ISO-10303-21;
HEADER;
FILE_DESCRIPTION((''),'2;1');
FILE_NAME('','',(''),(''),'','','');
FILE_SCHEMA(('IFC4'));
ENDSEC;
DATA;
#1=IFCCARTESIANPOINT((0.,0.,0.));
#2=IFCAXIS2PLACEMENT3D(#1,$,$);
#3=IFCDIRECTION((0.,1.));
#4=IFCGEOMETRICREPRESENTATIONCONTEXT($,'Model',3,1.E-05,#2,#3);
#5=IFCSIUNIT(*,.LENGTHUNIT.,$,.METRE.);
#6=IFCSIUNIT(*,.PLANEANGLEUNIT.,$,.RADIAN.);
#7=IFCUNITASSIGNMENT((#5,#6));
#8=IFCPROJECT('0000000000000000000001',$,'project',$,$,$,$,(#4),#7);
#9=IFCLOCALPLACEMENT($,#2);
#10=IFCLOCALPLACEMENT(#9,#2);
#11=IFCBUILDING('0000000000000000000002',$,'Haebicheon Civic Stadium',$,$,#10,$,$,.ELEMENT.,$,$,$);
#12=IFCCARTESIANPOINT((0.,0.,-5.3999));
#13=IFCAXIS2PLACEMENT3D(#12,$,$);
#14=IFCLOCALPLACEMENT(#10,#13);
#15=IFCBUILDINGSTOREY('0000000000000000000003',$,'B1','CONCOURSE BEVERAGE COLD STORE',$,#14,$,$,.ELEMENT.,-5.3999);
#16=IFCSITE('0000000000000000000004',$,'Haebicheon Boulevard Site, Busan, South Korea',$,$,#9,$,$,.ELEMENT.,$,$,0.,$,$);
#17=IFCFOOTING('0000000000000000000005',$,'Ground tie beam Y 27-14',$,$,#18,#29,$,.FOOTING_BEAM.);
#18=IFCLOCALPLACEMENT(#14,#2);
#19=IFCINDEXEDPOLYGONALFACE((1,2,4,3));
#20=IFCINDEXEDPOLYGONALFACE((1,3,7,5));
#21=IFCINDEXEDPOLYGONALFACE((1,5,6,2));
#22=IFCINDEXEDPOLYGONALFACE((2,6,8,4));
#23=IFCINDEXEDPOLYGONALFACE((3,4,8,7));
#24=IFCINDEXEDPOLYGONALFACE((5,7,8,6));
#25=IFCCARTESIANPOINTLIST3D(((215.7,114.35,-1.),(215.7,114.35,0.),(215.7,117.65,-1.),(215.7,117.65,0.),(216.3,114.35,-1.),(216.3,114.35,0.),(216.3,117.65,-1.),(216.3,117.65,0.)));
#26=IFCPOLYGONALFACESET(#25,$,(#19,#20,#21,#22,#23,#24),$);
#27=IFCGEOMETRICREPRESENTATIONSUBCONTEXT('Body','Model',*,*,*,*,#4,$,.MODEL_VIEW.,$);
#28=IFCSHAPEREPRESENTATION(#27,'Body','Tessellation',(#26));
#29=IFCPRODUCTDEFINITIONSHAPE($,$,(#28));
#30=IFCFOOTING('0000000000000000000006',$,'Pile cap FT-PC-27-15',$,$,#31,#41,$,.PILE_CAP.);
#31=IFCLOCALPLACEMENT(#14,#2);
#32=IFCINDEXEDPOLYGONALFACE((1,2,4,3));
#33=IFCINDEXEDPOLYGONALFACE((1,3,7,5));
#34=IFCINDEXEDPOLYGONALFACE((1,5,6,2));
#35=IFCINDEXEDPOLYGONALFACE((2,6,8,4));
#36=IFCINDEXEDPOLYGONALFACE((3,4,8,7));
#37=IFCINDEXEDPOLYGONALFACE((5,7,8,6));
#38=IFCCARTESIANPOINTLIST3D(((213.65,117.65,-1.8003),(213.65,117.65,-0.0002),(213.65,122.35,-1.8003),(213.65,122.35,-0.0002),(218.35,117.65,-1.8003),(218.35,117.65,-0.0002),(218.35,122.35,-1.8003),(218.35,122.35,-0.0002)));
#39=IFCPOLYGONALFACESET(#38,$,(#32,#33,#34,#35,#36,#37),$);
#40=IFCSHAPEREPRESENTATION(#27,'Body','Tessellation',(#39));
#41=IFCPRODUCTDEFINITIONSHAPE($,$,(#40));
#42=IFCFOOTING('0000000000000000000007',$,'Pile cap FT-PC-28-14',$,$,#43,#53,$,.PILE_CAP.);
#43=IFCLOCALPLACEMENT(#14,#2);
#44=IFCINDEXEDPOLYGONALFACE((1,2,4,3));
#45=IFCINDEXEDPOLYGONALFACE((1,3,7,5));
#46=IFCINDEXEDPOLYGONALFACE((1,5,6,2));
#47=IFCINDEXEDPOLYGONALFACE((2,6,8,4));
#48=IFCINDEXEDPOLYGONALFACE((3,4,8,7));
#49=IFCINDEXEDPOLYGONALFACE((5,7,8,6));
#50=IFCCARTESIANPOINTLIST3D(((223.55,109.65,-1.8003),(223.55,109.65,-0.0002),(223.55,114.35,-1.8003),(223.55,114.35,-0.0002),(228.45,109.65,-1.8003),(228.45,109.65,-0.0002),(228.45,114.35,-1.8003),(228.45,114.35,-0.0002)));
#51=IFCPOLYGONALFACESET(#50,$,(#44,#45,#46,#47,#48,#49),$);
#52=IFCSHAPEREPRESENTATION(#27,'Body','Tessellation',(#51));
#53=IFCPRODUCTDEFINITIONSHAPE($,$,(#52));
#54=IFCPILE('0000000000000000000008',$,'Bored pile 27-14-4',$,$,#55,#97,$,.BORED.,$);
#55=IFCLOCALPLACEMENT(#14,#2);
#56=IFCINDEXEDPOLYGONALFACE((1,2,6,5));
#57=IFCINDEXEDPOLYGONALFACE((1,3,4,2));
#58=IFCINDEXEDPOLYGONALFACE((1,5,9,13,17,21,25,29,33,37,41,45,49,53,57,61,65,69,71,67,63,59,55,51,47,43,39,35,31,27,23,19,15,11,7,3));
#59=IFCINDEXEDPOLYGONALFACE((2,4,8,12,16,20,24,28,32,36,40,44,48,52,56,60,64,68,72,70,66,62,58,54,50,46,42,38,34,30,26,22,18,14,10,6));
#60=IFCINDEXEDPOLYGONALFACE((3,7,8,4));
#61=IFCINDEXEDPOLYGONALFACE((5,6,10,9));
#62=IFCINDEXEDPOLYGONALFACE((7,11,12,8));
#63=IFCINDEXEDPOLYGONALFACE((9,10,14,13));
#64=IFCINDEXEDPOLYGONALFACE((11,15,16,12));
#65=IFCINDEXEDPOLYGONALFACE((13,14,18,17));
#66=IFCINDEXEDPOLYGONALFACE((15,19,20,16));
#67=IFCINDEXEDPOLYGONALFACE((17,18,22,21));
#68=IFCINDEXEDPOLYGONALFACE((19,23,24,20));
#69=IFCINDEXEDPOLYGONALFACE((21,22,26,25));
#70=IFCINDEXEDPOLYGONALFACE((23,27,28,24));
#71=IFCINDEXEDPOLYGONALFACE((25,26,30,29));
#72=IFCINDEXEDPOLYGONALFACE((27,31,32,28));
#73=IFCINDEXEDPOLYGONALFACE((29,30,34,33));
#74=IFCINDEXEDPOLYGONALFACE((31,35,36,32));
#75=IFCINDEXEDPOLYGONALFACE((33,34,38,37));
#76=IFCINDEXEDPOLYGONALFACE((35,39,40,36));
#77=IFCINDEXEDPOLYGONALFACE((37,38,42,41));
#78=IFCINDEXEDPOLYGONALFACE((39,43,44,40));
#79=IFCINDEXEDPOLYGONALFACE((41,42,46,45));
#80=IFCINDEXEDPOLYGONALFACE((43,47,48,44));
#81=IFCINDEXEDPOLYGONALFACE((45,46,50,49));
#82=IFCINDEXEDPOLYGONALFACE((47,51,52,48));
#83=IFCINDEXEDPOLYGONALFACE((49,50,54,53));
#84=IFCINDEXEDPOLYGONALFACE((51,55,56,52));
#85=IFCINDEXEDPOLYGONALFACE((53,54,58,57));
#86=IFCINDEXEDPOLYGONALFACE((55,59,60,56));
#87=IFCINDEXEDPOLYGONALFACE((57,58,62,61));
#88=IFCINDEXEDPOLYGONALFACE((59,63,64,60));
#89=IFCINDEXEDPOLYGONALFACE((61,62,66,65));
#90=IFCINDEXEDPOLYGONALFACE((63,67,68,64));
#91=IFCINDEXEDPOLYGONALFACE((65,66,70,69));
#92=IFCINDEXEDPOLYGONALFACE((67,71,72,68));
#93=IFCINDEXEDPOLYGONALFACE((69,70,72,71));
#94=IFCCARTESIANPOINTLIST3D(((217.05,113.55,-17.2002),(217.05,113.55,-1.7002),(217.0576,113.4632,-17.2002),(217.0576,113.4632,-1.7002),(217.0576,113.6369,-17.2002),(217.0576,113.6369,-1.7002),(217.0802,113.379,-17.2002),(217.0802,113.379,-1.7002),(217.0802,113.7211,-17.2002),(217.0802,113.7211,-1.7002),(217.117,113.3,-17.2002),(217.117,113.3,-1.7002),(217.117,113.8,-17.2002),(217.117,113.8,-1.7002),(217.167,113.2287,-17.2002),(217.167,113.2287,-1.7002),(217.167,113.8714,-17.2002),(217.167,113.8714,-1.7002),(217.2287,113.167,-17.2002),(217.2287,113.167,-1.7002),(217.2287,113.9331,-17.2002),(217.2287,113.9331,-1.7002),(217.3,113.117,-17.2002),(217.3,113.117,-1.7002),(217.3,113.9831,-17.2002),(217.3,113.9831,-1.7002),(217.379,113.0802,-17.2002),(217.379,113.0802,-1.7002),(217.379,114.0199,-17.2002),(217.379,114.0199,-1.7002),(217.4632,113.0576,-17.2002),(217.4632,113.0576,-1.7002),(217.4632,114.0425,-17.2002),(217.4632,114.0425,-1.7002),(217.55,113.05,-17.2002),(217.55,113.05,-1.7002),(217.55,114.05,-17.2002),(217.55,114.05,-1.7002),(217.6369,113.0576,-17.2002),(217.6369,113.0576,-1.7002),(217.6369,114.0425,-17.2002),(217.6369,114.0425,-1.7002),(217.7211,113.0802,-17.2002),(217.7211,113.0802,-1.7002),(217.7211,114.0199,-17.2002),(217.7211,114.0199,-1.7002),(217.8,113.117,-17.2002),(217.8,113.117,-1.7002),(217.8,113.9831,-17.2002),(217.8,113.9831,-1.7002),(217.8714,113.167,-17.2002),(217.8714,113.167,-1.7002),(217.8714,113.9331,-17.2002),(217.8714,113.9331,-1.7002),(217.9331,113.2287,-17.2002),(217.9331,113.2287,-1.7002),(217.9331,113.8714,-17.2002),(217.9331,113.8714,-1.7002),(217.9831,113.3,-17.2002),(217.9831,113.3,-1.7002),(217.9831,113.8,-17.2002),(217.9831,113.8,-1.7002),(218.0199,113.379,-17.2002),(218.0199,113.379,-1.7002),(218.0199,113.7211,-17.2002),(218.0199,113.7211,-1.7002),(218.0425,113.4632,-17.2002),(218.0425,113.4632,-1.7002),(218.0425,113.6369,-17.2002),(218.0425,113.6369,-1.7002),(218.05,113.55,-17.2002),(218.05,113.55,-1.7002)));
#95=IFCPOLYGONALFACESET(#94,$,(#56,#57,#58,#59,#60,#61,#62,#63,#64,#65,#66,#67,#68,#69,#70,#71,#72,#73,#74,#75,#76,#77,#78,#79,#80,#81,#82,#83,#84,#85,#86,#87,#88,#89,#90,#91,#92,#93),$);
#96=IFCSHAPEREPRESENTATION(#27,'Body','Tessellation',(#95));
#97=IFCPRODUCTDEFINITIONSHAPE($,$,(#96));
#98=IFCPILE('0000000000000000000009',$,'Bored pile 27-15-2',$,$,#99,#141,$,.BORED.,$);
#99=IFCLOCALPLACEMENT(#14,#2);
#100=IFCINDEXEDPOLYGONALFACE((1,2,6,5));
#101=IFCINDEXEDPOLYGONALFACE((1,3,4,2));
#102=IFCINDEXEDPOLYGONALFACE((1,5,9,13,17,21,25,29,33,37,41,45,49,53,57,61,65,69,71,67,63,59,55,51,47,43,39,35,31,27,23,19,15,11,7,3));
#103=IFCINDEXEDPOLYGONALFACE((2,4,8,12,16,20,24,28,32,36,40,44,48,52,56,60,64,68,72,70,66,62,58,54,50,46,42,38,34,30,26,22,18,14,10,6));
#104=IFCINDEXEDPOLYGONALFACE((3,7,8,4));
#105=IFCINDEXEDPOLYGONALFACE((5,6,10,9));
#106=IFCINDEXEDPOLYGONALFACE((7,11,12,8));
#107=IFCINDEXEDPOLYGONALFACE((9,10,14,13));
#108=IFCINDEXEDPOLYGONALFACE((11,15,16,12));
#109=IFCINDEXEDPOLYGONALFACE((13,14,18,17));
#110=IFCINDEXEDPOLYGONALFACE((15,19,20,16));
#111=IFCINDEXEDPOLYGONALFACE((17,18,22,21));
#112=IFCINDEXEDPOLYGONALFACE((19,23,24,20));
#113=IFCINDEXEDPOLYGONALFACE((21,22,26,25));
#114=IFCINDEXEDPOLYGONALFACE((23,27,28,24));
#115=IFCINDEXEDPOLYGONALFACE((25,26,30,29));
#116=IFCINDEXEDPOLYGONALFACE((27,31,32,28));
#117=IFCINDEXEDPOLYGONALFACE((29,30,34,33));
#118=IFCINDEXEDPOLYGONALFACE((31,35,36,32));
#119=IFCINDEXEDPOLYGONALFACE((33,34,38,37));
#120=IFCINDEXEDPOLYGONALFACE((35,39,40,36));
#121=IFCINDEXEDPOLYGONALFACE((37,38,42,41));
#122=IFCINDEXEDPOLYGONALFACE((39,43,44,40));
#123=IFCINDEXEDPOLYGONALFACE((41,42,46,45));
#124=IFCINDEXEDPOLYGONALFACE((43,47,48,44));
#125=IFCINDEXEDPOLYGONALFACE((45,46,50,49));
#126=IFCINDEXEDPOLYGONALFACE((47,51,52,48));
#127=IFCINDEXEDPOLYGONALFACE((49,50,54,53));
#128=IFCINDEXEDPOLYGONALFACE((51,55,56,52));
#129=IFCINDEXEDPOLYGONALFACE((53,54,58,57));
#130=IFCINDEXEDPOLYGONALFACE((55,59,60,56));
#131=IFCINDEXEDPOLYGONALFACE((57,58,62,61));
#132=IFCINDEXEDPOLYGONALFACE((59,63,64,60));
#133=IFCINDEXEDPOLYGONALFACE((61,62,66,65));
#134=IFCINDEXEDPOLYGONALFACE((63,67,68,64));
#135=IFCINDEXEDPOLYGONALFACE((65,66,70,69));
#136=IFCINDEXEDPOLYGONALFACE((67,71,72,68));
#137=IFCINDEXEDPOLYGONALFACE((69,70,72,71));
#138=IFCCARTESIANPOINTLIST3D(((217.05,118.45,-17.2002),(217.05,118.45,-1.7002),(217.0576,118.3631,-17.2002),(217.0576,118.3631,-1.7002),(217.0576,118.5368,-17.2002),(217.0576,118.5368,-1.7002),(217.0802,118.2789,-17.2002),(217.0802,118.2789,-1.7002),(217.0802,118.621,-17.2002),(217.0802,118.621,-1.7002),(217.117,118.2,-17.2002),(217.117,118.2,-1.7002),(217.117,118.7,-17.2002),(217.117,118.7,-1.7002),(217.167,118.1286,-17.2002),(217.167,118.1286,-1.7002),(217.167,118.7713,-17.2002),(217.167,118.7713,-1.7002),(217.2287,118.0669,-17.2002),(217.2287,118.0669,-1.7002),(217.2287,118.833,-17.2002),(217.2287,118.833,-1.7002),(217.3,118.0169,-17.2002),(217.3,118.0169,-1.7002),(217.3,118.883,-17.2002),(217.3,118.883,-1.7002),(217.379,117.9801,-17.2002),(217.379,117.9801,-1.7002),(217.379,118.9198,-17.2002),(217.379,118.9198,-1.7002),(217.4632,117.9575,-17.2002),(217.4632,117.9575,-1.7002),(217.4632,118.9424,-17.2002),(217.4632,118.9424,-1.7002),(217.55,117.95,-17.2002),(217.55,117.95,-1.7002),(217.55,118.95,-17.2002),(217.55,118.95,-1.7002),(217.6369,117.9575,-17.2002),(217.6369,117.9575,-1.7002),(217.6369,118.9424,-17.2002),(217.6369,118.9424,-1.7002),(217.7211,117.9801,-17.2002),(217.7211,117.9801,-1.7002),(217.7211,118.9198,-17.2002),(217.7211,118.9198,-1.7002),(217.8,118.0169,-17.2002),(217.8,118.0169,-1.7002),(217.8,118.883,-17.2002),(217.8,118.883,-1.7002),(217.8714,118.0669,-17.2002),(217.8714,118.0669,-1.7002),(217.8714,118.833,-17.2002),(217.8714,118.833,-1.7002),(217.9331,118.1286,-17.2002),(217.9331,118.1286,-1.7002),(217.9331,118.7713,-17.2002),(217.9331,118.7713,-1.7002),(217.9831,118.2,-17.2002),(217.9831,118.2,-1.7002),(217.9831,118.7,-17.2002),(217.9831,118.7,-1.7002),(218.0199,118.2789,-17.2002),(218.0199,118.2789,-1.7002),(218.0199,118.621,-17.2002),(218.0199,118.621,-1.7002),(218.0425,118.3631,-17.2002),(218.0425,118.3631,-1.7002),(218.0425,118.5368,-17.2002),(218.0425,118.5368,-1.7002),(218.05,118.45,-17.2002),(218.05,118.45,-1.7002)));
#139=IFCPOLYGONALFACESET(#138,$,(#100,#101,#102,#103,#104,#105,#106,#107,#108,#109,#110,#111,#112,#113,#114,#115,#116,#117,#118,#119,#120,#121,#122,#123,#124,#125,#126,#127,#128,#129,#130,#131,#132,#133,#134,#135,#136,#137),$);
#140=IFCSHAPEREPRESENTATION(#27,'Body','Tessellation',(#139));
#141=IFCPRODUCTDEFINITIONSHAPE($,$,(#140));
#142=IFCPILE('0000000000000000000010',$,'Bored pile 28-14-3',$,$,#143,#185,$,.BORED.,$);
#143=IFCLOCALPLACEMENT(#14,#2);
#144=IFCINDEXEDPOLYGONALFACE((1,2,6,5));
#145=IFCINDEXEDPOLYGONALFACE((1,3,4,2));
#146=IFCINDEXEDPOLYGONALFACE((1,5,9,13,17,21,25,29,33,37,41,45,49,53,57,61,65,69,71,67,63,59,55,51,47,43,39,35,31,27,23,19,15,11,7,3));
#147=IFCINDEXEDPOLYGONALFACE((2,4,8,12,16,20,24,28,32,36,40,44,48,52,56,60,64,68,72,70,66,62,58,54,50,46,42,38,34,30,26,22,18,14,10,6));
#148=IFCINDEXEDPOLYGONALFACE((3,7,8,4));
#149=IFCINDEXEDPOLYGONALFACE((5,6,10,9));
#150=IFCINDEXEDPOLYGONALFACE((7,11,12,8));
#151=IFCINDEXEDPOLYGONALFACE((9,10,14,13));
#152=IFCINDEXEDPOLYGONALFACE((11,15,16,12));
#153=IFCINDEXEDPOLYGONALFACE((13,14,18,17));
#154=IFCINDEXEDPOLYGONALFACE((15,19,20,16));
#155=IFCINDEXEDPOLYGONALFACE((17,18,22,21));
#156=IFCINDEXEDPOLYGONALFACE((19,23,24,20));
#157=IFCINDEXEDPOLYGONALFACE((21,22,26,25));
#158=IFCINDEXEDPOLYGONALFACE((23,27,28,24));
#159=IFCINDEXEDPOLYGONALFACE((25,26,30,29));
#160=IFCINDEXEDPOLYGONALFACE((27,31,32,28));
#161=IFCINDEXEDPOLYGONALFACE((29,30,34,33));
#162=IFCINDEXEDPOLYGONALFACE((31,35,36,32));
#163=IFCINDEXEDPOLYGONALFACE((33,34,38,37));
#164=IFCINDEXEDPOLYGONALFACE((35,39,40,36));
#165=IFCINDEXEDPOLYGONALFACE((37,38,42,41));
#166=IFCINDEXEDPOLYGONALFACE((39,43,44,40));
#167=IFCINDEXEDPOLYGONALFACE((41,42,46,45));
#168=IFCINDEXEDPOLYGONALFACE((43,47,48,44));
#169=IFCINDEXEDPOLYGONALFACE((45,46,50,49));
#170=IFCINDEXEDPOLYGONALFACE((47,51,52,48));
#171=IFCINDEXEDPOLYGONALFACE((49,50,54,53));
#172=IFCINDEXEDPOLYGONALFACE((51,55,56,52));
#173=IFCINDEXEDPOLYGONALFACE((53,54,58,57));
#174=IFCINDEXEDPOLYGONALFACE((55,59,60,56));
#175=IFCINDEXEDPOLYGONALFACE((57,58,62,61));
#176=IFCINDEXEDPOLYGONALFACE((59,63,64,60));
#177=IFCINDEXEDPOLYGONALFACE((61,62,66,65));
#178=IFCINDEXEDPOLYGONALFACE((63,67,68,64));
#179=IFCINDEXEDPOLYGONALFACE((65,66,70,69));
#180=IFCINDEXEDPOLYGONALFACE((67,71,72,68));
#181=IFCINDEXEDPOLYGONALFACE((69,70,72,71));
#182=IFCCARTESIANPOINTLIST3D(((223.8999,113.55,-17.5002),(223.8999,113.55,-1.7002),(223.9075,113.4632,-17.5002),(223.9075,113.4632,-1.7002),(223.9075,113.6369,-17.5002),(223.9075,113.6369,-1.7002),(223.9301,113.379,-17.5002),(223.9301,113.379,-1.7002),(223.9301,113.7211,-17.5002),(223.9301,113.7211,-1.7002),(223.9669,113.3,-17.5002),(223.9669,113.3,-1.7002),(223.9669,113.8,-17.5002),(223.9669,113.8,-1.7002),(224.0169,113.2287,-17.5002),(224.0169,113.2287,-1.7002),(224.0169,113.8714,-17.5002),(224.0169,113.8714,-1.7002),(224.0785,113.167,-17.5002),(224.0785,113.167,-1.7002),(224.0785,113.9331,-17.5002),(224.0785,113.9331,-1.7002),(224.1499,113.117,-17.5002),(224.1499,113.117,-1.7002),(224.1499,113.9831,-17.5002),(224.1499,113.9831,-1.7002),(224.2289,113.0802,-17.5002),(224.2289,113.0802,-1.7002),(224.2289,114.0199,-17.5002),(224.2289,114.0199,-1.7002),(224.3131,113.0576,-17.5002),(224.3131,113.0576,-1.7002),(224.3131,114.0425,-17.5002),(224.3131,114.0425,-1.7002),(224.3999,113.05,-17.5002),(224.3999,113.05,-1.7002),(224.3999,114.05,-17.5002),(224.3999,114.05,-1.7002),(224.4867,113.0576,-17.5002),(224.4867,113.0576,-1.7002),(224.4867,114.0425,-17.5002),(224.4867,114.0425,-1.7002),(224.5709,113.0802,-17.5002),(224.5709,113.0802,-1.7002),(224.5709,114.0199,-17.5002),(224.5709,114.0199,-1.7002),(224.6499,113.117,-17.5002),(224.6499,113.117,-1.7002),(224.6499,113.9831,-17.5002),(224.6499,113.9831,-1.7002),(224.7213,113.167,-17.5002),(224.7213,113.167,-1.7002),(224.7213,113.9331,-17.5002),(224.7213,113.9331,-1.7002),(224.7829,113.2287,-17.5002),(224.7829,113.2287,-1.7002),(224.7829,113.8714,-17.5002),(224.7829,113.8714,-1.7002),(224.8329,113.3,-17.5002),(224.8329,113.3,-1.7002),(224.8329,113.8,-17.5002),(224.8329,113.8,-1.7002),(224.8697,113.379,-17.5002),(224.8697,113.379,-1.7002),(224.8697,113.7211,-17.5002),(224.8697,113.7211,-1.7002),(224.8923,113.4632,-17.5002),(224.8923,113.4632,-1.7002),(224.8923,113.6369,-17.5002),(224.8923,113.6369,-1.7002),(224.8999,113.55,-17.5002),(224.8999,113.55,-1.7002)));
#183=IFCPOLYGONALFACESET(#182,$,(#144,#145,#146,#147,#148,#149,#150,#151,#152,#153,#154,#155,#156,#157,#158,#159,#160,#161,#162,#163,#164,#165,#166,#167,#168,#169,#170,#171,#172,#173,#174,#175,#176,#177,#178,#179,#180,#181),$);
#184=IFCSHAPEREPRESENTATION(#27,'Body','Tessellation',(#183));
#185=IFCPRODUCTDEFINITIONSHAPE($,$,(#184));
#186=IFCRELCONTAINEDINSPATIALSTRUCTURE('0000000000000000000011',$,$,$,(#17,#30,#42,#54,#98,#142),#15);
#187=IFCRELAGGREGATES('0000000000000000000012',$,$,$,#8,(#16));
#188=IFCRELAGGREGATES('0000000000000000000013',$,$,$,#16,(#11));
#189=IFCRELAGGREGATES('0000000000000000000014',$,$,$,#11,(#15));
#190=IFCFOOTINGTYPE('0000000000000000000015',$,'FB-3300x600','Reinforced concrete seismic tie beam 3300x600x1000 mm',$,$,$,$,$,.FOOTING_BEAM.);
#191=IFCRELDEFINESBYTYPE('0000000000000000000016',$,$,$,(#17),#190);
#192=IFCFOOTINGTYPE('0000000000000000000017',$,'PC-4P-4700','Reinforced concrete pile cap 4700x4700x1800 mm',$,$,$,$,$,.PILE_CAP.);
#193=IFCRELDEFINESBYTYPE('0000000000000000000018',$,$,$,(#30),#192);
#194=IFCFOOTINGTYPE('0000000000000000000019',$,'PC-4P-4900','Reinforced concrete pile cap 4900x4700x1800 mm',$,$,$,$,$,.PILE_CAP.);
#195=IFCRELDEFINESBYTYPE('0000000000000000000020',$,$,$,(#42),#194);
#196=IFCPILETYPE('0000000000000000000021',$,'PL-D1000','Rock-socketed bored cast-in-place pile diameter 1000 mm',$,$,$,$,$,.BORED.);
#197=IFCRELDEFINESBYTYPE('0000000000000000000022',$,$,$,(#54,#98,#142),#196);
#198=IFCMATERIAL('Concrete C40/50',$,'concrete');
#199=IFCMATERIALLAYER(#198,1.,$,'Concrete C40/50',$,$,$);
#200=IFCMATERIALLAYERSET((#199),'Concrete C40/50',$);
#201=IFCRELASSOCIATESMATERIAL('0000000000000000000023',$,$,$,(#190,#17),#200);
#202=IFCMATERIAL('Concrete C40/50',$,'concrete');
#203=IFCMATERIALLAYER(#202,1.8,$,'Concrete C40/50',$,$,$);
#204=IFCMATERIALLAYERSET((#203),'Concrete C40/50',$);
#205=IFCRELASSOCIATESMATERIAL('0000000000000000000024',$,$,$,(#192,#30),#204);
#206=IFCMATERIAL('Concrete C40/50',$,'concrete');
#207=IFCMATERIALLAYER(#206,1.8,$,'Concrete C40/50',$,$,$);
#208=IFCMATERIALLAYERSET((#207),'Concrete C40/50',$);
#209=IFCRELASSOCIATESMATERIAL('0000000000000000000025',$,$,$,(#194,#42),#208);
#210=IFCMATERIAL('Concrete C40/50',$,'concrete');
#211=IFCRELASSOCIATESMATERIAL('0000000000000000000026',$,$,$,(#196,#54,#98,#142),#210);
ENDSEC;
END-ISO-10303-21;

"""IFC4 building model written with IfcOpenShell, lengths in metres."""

from ifc_helpers import new_model, si_unit, direction, frame, origin, origin_2d, place, context, subcontext, project, spatial, rectangle, circle, extrude, material, layer, layer_set, material_profile, profile_set, type_object, element, save


model = new_model("IFC4")

# Units and contexts
model_context = context("Model", 3, precision=1e-05, world=origin(), true_north=direction((0.0, 1.0)))
body_context = subcontext(model_context, "Body", "Model", "MODEL_VIEW")
ifc_project = project(units=[si_unit("LENGTHUNIT", "METRE"), si_unit("PLANEANGLEUNIT", "RADIAN")], contexts=[model_context])

# Site, building, storey
site_placement = place(None, origin())
site = spatial("IfcSite", under=ifc_project, at=site_placement, Name="Haebicheon Boulevard Site, Busan, South Korea", CompositionType="ELEMENT", RefElevation=0.0)
building_placement = place(site_placement, origin())
building = spatial("IfcBuilding", under=site, at=building_placement, Name="Haebicheon Civic Stadium", CompositionType="ELEMENT")
storey_placement = place(building_placement, frame((0.0, 0.0, -5.3999)))
storey = spatial("IfcBuildingStorey", under=building, at=storey_placement, Name="B1", Description="CONCOURSE BEVERAGE COLD STORE", CompositionType="ELEMENT", Elevation=-5.3999)

# Footings
ifc_material_1 = material(Name="Concrete C40/50", Category="concrete")
ifc_layer_1 = layer(ifc_material_1, 1.0, Name="Concrete C40/50")
ifc_layer_set_1 = layer_set([ifc_layer_1], Name="Concrete C40/50")
footing_type_1 = type_object("IfcFootingType", Name="FB-3300x600", Description="Reinforced concrete seismic tie beam 3300x600x1000 mm", PredefinedType="FOOTING_BEAM", material=ifc_layer_set_1)
footing_1_placement = place(storey_placement, frame((216.0, 116.0, -1.0), z_axis=(0.0, 0.0, 1.0), x_axis=(0.0, 1.0, 0.0)))
element("IfcFooting", 1, at=footing_1_placement, inside=storey, type_object=footing_type_1, material=ifc_layer_set_1, Name="Ground tie beam Y 27-14", PredefinedType="FOOTING_BEAM", context=body_context, shape_type="SweptSolid", body=[
    extrude(rectangle(XDim=3.3, YDim=0.6001, at=origin_2d()), origin(), (0.0, 0.0, 1.0), 1.0),
])
ifc_material_2 = material(Name="Concrete C40/50", Category="concrete")
ifc_layer_2 = layer(ifc_material_2, 1.8, Name="Concrete C40/50")
ifc_layer_set_2 = layer_set([ifc_layer_2], Name="Concrete C40/50")
footing_type_2 = type_object("IfcFootingType", Name="PC-4P-4700", Description="Reinforced concrete pile cap 4700x4700x1800 mm", PredefinedType="PILE_CAP", material=ifc_layer_set_2)
footing_2_placement = place(storey_placement, frame((216.0, 120.0, -1.8003), z_axis=(0.0, 0.0, 1.0), x_axis=(1.0, 0.0, 0.0)))
element("IfcFooting", 2, at=footing_2_placement, inside=storey, type_object=footing_type_2, material=ifc_layer_set_2, Name="Pile cap FT-PC-27-15", PredefinedType="PILE_CAP", context=body_context, shape_type="SweptSolid", body=[
    extrude(rectangle(XDim=4.7, YDim=4.7, at=origin_2d()), origin(), (0.0, 0.0, 1.0), 1.8),
])
ifc_material_3 = material(Name="Concrete C40/50", Category="concrete")
ifc_layer_3 = layer(ifc_material_3, 1.8, Name="Concrete C40/50")
ifc_layer_set_3 = layer_set([ifc_layer_3], Name="Concrete C40/50")
footing_type_3 = type_object("IfcFootingType", Name="PC-4P-4900", Description="Reinforced concrete pile cap 4900x4700x1800 mm", PredefinedType="PILE_CAP", material=ifc_layer_set_3)
footing_3_placement = place(storey_placement, frame((226.0, 112.0, -1.8003), z_axis=(0.0, 0.0, 1.0), x_axis=(1.0, 0.0, 0.0)))
element("IfcFooting", 3, at=footing_3_placement, inside=storey, type_object=footing_type_3, material=ifc_layer_set_3, Name="Pile cap FT-PC-28-14", PredefinedType="PILE_CAP", context=body_context, shape_type="SweptSolid", body=[
    extrude(rectangle(XDim=4.8999, YDim=4.7, at=origin_2d()), origin(), (0.0, 0.0, 1.0), 1.8),
])

# Piles
ifc_material_4 = material(Name="Concrete C40/50", Category="concrete")
ifc_material_profile_1 = material_profile(ifc_material_4, circle(Radius=0.5, at=origin_2d()), Name="PILE-D1000")
ifc_profile_set_1 = profile_set([ifc_material_profile_1], Name="Concrete C40/50")
pile_type = type_object("IfcPileType", Name="PL-D1000", Description="Rock-socketed bored cast-in-place pile diameter 1000 mm", PredefinedType="BORED", material=ifc_profile_set_1)
for number, where, z_axis, x_axis, name in (
    (4, (217.55, 113.55, -1.7002), (0.0, 0.0, -1.0), (1.0, 0.0, 0.0), "Bored pile 27-14-4"),
    (5, (217.55, 118.45, -1.7002), (0.0, 0.0, -1.0), (1.0, 0.0, 0.0), "Bored pile 27-15-2"),
):
    element("IfcPile", number, at=place(storey_placement, frame(where, z_axis=z_axis, x_axis=x_axis)), inside=storey, type_object=pile_type, material=ifc_profile_set_1, Name=name, PredefinedType="BORED", context=body_context, shape_type="SweptSolid", body=[
        extrude(circle(Radius=0.5, at=origin_2d()), origin(), (0.0, 0.0, 1.0), 15.5),
    ])
for number, where, z_axis, x_axis, name in (
    (6, (224.3999, 113.55, -1.7002), (0.0, 0.0, -1.0), (1.0, 0.0, 0.0), "Bored pile 28-14-3"),
):
    element("IfcPile", number, at=place(storey_placement, frame(where, z_axis=z_axis, x_axis=x_axis)), inside=storey, type_object=pile_type, material=ifc_profile_set_1, Name=name, PredefinedType="BORED", context=body_context, shape_type="SweptSolid", body=[
        extrude(circle(Radius=0.5, at=origin_2d()), origin(), (0.0, 0.0, 1.0), 15.8),
    ])

save(model, "model.ifc")
